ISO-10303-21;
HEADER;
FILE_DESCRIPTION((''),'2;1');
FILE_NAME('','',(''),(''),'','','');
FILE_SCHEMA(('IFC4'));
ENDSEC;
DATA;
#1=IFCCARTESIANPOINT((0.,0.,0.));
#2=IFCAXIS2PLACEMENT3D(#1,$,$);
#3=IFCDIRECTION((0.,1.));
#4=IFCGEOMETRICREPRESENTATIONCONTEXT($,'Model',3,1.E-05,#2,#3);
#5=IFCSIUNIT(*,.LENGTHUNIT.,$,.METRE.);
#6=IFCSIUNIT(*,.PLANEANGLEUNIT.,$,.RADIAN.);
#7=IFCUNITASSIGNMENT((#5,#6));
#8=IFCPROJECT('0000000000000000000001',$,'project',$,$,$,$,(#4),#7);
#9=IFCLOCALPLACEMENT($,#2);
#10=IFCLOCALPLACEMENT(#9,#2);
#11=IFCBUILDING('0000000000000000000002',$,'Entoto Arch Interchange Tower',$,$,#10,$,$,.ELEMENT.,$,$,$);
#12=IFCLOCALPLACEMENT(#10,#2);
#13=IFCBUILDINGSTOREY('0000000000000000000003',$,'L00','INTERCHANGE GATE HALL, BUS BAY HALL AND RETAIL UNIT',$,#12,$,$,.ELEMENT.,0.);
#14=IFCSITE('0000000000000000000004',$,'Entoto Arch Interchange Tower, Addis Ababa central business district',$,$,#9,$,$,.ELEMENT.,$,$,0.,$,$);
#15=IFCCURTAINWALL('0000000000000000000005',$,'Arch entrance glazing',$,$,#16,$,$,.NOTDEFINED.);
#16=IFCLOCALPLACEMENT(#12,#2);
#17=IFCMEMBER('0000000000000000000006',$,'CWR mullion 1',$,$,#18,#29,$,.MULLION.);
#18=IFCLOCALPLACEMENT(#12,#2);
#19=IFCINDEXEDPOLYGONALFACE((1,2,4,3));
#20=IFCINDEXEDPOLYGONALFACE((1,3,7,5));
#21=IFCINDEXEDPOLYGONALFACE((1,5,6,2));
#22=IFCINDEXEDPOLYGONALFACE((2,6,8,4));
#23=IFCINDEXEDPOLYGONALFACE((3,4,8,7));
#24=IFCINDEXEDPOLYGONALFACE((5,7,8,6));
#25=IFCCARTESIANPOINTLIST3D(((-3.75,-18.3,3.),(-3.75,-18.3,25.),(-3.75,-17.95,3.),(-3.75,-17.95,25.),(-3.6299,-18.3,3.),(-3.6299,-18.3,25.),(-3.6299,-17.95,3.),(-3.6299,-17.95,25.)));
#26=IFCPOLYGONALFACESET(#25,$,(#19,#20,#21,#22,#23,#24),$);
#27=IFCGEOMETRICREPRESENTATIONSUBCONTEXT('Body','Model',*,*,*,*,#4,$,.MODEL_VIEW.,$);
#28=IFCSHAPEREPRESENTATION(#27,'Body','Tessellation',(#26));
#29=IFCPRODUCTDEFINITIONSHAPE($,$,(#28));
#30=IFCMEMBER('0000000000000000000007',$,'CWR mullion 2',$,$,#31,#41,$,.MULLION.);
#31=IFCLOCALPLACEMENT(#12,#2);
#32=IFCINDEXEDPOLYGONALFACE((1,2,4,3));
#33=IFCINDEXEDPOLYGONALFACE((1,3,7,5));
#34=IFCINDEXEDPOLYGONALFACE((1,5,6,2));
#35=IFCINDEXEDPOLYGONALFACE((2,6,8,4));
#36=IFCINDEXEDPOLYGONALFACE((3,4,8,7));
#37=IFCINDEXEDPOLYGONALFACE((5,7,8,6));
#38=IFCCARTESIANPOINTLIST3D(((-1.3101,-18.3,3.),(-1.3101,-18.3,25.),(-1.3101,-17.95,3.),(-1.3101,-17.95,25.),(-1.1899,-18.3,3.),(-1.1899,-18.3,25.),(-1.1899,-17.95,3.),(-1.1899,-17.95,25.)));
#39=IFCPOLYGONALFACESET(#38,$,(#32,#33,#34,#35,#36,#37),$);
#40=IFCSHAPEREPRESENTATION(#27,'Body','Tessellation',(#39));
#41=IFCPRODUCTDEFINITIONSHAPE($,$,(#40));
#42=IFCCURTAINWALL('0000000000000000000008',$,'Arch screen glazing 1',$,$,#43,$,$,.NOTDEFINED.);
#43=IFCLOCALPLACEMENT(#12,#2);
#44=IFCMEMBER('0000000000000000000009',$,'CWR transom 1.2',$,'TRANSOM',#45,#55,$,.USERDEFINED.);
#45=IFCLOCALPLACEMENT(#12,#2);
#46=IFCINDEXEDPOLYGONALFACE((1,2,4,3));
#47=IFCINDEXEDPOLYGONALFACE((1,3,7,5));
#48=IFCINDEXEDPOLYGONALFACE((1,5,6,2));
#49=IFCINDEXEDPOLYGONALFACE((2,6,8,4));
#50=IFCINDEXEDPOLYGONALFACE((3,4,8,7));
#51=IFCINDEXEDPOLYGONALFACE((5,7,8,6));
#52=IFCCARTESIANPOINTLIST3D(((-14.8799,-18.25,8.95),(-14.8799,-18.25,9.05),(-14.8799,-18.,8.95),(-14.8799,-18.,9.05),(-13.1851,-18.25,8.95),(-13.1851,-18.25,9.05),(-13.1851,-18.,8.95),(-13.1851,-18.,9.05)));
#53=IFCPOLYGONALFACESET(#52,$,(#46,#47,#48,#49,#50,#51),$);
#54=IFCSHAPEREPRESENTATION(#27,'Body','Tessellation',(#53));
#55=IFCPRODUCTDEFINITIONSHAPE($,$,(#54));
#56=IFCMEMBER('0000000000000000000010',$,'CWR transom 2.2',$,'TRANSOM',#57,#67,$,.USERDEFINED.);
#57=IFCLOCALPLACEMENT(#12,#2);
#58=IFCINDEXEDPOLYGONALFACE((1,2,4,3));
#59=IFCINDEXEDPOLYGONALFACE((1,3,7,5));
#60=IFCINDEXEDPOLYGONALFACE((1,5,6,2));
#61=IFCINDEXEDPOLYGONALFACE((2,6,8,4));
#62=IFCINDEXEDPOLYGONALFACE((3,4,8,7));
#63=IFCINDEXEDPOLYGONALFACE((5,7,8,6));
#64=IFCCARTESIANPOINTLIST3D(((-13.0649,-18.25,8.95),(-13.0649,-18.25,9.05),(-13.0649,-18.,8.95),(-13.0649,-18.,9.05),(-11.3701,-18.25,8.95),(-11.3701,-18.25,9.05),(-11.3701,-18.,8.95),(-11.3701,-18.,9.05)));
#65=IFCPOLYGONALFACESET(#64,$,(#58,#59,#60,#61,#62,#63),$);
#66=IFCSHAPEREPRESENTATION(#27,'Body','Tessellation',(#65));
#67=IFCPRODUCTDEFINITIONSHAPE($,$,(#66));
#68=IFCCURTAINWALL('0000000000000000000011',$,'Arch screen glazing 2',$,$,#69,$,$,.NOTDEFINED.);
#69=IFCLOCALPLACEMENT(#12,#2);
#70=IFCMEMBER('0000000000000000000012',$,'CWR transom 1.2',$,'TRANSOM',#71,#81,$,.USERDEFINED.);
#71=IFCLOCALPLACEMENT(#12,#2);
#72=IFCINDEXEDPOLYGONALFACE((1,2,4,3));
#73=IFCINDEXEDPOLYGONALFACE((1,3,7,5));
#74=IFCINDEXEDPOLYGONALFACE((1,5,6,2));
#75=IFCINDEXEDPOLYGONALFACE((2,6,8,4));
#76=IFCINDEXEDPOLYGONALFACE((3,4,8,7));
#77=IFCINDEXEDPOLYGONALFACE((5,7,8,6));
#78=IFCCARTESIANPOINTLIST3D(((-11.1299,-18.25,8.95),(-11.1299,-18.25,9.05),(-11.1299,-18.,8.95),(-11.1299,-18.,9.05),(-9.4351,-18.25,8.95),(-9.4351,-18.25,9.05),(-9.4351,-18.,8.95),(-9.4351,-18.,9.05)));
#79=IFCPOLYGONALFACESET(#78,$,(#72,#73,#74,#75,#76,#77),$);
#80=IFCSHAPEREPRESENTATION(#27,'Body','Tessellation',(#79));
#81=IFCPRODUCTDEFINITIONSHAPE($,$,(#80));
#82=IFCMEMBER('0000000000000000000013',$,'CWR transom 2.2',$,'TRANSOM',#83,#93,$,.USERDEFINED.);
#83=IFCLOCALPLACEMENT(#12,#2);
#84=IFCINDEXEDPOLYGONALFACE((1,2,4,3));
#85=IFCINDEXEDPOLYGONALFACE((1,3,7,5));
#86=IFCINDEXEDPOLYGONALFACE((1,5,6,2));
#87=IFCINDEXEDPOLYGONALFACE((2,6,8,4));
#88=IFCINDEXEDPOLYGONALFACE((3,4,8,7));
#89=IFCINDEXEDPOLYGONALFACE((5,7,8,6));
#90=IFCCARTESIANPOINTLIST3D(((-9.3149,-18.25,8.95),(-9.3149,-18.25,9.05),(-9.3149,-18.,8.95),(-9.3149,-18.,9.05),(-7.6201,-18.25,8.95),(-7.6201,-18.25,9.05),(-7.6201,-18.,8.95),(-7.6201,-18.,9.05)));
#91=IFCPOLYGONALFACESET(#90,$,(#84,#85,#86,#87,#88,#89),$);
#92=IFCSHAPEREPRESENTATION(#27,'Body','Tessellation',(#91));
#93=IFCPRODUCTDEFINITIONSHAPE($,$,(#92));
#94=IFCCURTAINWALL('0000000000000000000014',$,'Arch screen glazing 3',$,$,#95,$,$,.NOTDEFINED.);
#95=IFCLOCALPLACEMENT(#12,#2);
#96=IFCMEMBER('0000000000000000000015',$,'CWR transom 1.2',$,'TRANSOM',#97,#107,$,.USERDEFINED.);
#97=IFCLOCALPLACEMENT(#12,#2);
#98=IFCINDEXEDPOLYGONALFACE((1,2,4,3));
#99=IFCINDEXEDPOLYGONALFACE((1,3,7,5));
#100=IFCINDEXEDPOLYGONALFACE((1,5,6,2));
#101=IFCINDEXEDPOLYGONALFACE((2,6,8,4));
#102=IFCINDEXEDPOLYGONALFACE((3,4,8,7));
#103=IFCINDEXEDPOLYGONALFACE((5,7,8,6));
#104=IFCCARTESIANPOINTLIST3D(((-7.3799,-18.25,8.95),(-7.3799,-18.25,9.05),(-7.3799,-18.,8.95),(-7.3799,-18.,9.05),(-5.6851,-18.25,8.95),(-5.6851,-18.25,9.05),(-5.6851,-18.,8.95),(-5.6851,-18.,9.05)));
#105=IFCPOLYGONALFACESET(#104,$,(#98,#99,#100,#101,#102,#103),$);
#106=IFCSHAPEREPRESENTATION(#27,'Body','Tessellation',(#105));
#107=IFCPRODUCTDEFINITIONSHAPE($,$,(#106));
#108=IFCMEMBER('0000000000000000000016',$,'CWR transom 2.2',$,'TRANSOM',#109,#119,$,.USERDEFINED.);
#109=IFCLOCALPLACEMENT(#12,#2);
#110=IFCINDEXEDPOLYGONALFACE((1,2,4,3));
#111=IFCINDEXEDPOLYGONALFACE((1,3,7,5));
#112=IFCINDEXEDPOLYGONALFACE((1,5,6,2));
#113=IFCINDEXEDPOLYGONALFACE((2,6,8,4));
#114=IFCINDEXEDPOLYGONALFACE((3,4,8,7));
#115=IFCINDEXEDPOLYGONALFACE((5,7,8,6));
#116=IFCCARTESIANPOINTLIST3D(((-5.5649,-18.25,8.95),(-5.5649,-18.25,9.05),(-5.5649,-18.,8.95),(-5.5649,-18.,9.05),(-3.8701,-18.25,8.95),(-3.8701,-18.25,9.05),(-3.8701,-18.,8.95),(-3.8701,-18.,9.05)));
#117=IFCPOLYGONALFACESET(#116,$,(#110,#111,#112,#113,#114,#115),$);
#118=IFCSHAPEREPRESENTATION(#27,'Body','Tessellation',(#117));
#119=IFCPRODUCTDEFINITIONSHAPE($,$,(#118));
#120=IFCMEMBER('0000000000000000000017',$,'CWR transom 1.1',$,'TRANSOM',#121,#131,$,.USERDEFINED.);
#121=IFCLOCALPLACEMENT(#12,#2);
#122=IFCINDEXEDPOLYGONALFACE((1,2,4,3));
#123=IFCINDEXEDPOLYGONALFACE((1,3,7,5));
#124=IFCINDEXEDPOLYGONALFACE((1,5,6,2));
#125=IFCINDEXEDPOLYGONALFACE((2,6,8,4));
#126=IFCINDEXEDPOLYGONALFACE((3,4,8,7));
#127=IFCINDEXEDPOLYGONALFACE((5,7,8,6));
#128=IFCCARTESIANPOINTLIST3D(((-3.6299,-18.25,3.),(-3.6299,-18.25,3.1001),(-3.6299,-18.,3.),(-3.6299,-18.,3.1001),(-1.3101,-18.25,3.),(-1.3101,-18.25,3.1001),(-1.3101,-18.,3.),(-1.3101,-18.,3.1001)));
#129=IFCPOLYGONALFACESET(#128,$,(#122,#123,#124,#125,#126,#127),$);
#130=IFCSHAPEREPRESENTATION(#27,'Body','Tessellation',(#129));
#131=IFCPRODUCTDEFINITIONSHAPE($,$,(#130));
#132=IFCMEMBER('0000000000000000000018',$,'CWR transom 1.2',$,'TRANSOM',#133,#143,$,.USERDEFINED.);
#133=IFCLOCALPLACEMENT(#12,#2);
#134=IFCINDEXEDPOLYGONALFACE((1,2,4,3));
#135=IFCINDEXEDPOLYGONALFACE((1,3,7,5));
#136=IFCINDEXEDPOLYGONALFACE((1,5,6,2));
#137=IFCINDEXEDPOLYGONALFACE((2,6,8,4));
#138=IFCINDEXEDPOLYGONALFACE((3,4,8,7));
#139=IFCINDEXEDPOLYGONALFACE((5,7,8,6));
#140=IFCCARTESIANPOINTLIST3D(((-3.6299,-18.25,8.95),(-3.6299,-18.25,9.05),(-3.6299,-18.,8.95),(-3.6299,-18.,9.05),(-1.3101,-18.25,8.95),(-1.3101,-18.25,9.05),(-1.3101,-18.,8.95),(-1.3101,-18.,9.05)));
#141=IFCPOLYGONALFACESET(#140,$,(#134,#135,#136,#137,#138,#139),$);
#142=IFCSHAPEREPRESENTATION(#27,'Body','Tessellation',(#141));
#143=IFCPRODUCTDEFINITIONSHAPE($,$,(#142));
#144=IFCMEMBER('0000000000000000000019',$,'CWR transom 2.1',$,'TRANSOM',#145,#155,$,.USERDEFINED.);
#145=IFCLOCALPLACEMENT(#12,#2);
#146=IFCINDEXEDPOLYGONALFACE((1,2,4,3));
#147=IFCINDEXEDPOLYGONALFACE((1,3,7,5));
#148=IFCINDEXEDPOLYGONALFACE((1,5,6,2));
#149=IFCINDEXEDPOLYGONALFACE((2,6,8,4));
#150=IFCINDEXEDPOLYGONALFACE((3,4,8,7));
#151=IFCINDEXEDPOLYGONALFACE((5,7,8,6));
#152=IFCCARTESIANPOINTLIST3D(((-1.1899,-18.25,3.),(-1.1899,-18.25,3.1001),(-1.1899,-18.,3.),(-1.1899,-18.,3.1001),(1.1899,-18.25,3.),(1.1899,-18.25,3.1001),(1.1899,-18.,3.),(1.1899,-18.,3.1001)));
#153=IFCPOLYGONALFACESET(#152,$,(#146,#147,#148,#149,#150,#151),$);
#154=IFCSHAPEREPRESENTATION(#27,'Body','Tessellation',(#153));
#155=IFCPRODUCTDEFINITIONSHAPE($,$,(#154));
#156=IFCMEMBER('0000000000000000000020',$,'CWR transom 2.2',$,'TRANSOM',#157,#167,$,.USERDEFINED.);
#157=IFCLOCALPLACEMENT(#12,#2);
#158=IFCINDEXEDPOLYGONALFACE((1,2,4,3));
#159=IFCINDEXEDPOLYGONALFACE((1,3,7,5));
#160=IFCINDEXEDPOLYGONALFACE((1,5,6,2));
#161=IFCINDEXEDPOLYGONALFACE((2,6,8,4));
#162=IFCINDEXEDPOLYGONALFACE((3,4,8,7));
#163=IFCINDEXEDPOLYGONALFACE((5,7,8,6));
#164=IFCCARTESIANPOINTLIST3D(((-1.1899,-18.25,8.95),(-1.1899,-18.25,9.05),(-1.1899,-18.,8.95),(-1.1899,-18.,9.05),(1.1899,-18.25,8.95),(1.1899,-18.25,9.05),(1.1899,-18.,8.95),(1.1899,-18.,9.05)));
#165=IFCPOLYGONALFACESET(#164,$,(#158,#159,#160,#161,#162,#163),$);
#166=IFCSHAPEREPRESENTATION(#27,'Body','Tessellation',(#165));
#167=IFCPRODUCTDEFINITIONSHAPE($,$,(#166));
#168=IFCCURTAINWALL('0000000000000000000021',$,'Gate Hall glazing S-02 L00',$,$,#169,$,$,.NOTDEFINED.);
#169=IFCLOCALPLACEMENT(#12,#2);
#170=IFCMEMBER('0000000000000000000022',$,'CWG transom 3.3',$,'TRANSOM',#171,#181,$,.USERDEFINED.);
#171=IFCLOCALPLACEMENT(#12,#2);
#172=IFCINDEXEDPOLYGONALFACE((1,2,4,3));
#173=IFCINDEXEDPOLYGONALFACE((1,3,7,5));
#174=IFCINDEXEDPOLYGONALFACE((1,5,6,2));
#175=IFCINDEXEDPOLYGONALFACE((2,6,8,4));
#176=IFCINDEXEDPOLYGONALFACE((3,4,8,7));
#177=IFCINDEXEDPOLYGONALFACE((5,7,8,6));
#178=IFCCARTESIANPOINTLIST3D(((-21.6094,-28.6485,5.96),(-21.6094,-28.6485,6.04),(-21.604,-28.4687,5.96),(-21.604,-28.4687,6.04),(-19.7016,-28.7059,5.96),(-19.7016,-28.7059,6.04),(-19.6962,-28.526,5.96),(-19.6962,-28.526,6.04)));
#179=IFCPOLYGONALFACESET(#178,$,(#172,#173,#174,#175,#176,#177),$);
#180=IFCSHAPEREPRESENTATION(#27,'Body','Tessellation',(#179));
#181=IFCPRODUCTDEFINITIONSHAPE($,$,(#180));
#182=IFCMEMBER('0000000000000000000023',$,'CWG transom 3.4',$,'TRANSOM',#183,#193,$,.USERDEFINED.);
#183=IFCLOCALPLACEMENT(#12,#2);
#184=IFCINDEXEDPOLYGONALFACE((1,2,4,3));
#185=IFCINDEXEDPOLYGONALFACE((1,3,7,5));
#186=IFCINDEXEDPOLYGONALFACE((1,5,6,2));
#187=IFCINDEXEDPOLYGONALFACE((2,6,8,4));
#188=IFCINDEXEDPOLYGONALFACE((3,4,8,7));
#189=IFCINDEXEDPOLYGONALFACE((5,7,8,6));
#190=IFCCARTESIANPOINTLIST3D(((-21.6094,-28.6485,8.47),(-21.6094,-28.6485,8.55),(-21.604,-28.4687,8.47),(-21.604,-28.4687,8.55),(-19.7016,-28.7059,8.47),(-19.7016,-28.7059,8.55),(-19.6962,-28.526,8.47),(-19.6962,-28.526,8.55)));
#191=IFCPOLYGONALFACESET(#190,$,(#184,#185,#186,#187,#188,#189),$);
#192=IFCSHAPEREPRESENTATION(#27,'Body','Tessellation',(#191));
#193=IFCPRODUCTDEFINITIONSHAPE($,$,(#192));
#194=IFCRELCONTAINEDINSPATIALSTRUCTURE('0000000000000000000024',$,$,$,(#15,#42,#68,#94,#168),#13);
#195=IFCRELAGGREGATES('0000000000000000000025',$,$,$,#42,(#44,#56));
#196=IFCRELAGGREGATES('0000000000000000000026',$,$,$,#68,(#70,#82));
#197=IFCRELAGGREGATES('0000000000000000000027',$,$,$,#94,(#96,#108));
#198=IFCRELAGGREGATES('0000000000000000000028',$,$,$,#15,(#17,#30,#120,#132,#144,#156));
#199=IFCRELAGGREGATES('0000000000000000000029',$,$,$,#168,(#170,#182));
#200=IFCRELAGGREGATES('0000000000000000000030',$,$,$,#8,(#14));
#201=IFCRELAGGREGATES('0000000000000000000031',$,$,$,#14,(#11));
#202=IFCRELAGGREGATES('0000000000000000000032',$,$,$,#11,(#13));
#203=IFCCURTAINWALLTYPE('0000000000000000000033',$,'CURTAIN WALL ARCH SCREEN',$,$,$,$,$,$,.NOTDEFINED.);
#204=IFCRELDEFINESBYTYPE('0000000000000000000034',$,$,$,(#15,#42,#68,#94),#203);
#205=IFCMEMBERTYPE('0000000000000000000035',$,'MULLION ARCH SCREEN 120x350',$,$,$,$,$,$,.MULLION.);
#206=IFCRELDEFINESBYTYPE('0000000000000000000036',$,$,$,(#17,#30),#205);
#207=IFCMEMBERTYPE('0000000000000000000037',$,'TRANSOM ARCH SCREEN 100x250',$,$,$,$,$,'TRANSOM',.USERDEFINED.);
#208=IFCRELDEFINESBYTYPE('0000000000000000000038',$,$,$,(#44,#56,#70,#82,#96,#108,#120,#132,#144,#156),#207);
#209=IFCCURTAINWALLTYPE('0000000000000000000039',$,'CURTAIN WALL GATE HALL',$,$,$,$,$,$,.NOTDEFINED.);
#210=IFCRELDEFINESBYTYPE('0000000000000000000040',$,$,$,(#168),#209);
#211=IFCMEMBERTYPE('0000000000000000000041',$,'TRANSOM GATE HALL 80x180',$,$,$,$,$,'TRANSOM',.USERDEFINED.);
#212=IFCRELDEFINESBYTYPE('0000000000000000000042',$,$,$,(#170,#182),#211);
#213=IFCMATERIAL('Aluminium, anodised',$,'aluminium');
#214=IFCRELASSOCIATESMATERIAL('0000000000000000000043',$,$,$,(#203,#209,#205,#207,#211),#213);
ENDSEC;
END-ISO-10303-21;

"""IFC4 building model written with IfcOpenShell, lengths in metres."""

from ifc_helpers import new_model, si_unit, direction, frame, origin, origin_2d, place, context, subcontext, project, spatial, rectangle, extrude, material, material_profile, profile_set, type_object, element, aggregate, save


model = new_model("IFC4")

# Units and contexts
model_context = context("Model", 3, precision=1e-05, world=origin(), true_north=direction((0.0, 1.0)))
body_context = subcontext(model_context, "Body", "Model", "MODEL_VIEW")
ifc_project = project(units=[si_unit("LENGTHUNIT", "METRE"), si_unit("PLANEANGLEUNIT", "RADIAN")], contexts=[model_context])

# Site, building, storey
site_placement = place(None, origin())
site = spatial("IfcSite", under=ifc_project, at=site_placement, Name="Entoto Arch Interchange Tower, Addis Ababa central business district", CompositionType="ELEMENT", RefElevation=0.0)
building_placement = place(site_placement, origin())
building = spatial("IfcBuilding", under=site, at=building_placement, Name="Entoto Arch Interchange Tower", CompositionType="ELEMENT")
storey_placement = place(building_placement, origin())
storey = spatial("IfcBuildingStorey", under=building, at=storey_placement, Name="L00", Description="INTERCHANGE GATE HALL, BUS BAY HALL AND RETAIL UNIT", CompositionType="ELEMENT", Elevation=0.0)

# Curtain walls, members
ifc_material_1 = material(Name="Aluminium, anodised", Category="aluminium")
curtain_wall_type_1 = type_object("IfcCurtainWallType", Name="CURTAIN WALL ARCH SCREEN", PredefinedType="NOTDEFINED", material=ifc_material_1)
curtain_wall_1_placement = place(storey_placement, origin())
curtain_wall_1 = element("IfcCurtainWall", 1, at=curtain_wall_1_placement, inside=storey, type_object=curtain_wall_type_1, Name="Arch entrance glazing", PredefinedType="NOTDEFINED")
ifc_material_profile_1 = material_profile(ifc_material_1, rectangle(XDim=0.3501, YDim=0.1201, at=origin_2d()))
ifc_profile_set_1 = profile_set([ifc_material_profile_1], Name="Aluminium, anodised")
member_type_1 = type_object("IfcMemberType", Name="MULLION ARCH SCREEN 120x350", PredefinedType="MULLION", material=ifc_profile_set_1)
member_1_placement = place(storey_placement, frame((-3.6899, -18.125, 3.0), z_axis=(0.0, 0.0, 1.0), x_axis=(0.0, 1.0, 0.0)))
member_1 = element("IfcMember", 2, at=member_1_placement, type_object=member_type_1, Name="CWR mullion 1", PredefinedType="MULLION", context=body_context, shape_type="SweptSolid", body=[
    extrude(rectangle(XDim=0.3501, YDim=0.1201, at=origin_2d()), origin(), (0.0, 0.0, 1.0), 22.0),
])
member_2_placement = place(storey_placement, frame((-1.25, -18.125, 3.0), z_axis=(0.0, 0.0, 1.0), x_axis=(0.0, 1.0, 0.0)))
member_2 = element("IfcMember", 3, at=member_2_placement, type_object=member_type_1, Name="CWR mullion 2", PredefinedType="MULLION", context=body_context, shape_type="SweptSolid", body=[
    extrude(rectangle(XDim=0.3501, YDim=0.1201, at=origin_2d()), origin(), (0.0, 0.0, 1.0), 22.0),
])
curtain_wall_2_placement = place(storey_placement, origin())
curtain_wall_2 = element("IfcCurtainWall", 4, at=curtain_wall_2_placement, inside=storey, type_object=curtain_wall_type_1, Name="Arch screen glazing 1", PredefinedType="NOTDEFINED")
ifc_material_profile_2 = material_profile(ifc_material_1, rectangle(XDim=0.25, YDim=0.1001, at=origin_2d()))
ifc_profile_set_2 = profile_set([ifc_material_profile_2], Name="Aluminium, anodised")
member_type_2 = type_object("IfcMemberType", Name="TRANSOM ARCH SCREEN 100x250", ElementType="TRANSOM", PredefinedType="USERDEFINED", material=ifc_profile_set_2)
member_3_placement = place(storey_placement, frame((-14.8799, -18.125, 9.0), z_axis=(1.0, 0.0, 0.0), x_axis=(0.0, 1.0, 0.0)))
member_3 = element("IfcMember", 5, at=member_3_placement, type_object=member_type_2, Name="CWR transom 1.2", ObjectType="TRANSOM", PredefinedType="USERDEFINED", context=body_context, shape_type="SweptSolid", body=[
    extrude(rectangle(XDim=0.25, YDim=0.1001, at=origin_2d()), origin(), (0.0, 0.0, 1.0), 1.6948),
])
member_4_placement = place(storey_placement, frame((-13.0649, -18.125, 9.0), z_axis=(1.0, 0.0, 0.0), x_axis=(0.0, 1.0, 0.0)))
member_4 = element("IfcMember", 6, at=member_4_placement, type_object=member_type_2, Name="CWR transom 2.2", ObjectType="TRANSOM", PredefinedType="USERDEFINED", context=body_context, shape_type="SweptSolid", body=[
    extrude(rectangle(XDim=0.25, YDim=0.1001, at=origin_2d()), origin(), (0.0, 0.0, 1.0), 1.6948),
])
curtain_wall_3_placement = place(storey_placement, origin())
curtain_wall_3 = element("IfcCurtainWall", 7, at=curtain_wall_3_placement, inside=storey, type_object=curtain_wall_type_1, Name="Arch screen glazing 2", PredefinedType="NOTDEFINED")
member_5_placement = place(storey_placement, frame((-11.1299, -18.125, 9.0), z_axis=(1.0, 0.0, 0.0), x_axis=(0.0, 1.0, 0.0)))
member_5 = element("IfcMember", 8, at=member_5_placement, type_object=member_type_2, Name="CWR transom 1.2", ObjectType="TRANSOM", PredefinedType="USERDEFINED", context=body_context, shape_type="SweptSolid", body=[
    extrude(rectangle(XDim=0.25, YDim=0.1001, at=origin_2d()), origin(), (0.0, 0.0, 1.0), 1.6948),
])
member_6_placement = place(storey_placement, frame((-9.3149, -18.125, 9.0), z_axis=(1.0, 0.0, 0.0), x_axis=(0.0, 1.0, 0.0)))
member_6 = element("IfcMember", 9, at=member_6_placement, type_object=member_type_2, Name="CWR transom 2.2", ObjectType="TRANSOM", PredefinedType="USERDEFINED", context=body_context, shape_type="SweptSolid", body=[
    extrude(rectangle(XDim=0.25, YDim=0.1001, at=origin_2d()), origin(), (0.0, 0.0, 1.0), 1.6948),
])
curtain_wall_4_placement = place(storey_placement, origin())
curtain_wall_4 = element("IfcCurtainWall", 10, at=curtain_wall_4_placement, inside=storey, type_object=curtain_wall_type_1, Name="Arch screen glazing 3", PredefinedType="NOTDEFINED")
member_7_placement = place(storey_placement, frame((-7.3799, -18.125, 9.0), z_axis=(1.0, 0.0, 0.0), x_axis=(0.0, 1.0, 0.0)))
member_7 = element("IfcMember", 11, at=member_7_placement, type_object=member_type_2, Name="CWR transom 1.2", ObjectType="TRANSOM", PredefinedType="USERDEFINED", context=body_context, shape_type="SweptSolid", body=[
    extrude(rectangle(XDim=0.25, YDim=0.1001, at=origin_2d()), origin(), (0.0, 0.0, 1.0), 1.6948),
])
member_8_placement = place(storey_placement, frame((-5.5649, -18.125, 9.0), z_axis=(1.0, 0.0, 0.0), x_axis=(0.0, 1.0, 0.0)))
member_8 = element("IfcMember", 12, at=member_8_placement, type_object=member_type_2, Name="CWR transom 2.2", ObjectType="TRANSOM", PredefinedType="USERDEFINED", context=body_context, shape_type="SweptSolid", body=[
    extrude(rectangle(XDim=0.25, YDim=0.1001, at=origin_2d()), origin(), (0.0, 0.0, 1.0), 1.6948),
])

# Members
member_9_placement = place(storey_placement, frame((-3.6299, -18.125, 3.05), z_axis=(1.0, 0.0, 0.0), x_axis=(0.0, 1.0, 0.0)))
member_9 = element("IfcMember", 13, at=member_9_placement, type_object=member_type_2, Name="CWR transom 1.1", ObjectType="TRANSOM", PredefinedType="USERDEFINED", context=body_context, shape_type="SweptSolid", body=[
    extrude(rectangle(XDim=0.25, YDim=0.1001, at=origin_2d()), origin(), (0.0, 0.0, 1.0), 2.3198),
])
member_10_placement = place(storey_placement, frame((-3.6299, -18.125, 9.0), z_axis=(1.0, 0.0, 0.0), x_axis=(0.0, 1.0, 0.0)))
member_10 = element("IfcMember", 14, at=member_10_placement, type_object=member_type_2, Name="CWR transom 1.2", ObjectType="TRANSOM", PredefinedType="USERDEFINED", context=body_context, shape_type="SweptSolid", body=[
    extrude(rectangle(XDim=0.25, YDim=0.1001, at=origin_2d()), origin(), (0.0, 0.0, 1.0), 2.3198),
])
member_11_placement = place(storey_placement, frame((-1.1899, -18.125, 3.05), z_axis=(1.0, 0.0, 0.0), x_axis=(0.0, 1.0, 0.0)))
member_11 = element("IfcMember", 15, at=member_11_placement, type_object=member_type_2, Name="CWR transom 2.1", ObjectType="TRANSOM", PredefinedType="USERDEFINED", context=body_context, shape_type="SweptSolid", body=[
    extrude(rectangle(XDim=0.25, YDim=0.1001, at=origin_2d()), origin(), (0.0, 0.0, 1.0), 2.3799),
])
member_12_placement = place(storey_placement, frame((-1.1899, -18.125, 9.0), z_axis=(1.0, 0.0, 0.0), x_axis=(0.0, 1.0, 0.0)))
member_12 = element("IfcMember", 16, at=member_12_placement, type_object=member_type_2, Name="CWR transom 2.2", ObjectType="TRANSOM", PredefinedType="USERDEFINED", context=body_context, shape_type="SweptSolid", body=[
    extrude(rectangle(XDim=0.25, YDim=0.1001, at=origin_2d()), origin(), (0.0, 0.0, 1.0), 2.3799),
])

# Curtain wall, members
curtain_wall_type_2 = type_object("IfcCurtainWallType", Name="CURTAIN WALL GATE HALL", PredefinedType="NOTDEFINED", material=ifc_material_1)
curtain_wall_5_placement = place(storey_placement, origin())
curtain_wall_5 = element("IfcCurtainWall", 17, at=curtain_wall_5_placement, inside=storey, type_object=curtain_wall_type_2, Name="Gate Hall glazing S-02 L00", PredefinedType="NOTDEFINED")
ifc_material_profile_3 = material_profile(ifc_material_1, rectangle(XDim=0.1799, YDim=0.0801, at=origin_2d()))
ifc_profile_set_3 = profile_set([ifc_material_profile_3], Name="Aluminium, anodised")
member_type_3 = type_object("IfcMemberType", Name="TRANSOM GATE HALL 80x180", ElementType="TRANSOM", PredefinedType="USERDEFINED", material=ifc_profile_set_3)
member_13_placement = place(storey_placement, frame((-21.6067, -28.5586, 6.0), z_axis=(0.999548, -0.030061, 0.0), x_axis=(0.030061, 0.999548, 0.0)))
member_13 = element("IfcMember", 18, at=member_13_placement, type_object=member_type_3, Name="CWG transom 3.3", ObjectType="TRANSOM", PredefinedType="USERDEFINED", context=body_context, shape_type="SweptSolid", body=[
    extrude(rectangle(XDim=0.1799, YDim=0.0801, at=origin_2d()), origin(), (0.0, 0.0, 1.0), 1.9087),
])
member_14_placement = place(storey_placement, frame((-21.6067, -28.5586, 8.51), z_axis=(0.999548, -0.030061, 0.0), x_axis=(0.030061, 0.999548, 0.0)))
member_14 = element("IfcMember", 19, at=member_14_placement, type_object=member_type_3, Name="CWG transom 3.4", ObjectType="TRANSOM", PredefinedType="USERDEFINED", context=body_context, shape_type="SweptSolid", body=[
    extrude(rectangle(XDim=0.1799, YDim=0.0801, at=origin_2d()), origin(), (0.0, 0.0, 1.0), 1.9087),
])

aggregate(curtain_wall_2, [member_3, member_4])
aggregate(curtain_wall_3, [member_5, member_6])
aggregate(curtain_wall_4, [member_7, member_8])
aggregate(curtain_wall_1, [member_1, member_2, member_9, member_10, member_11, member_12])
aggregate(curtain_wall_5, [member_13, member_14])

save(model, "model.ifc")
